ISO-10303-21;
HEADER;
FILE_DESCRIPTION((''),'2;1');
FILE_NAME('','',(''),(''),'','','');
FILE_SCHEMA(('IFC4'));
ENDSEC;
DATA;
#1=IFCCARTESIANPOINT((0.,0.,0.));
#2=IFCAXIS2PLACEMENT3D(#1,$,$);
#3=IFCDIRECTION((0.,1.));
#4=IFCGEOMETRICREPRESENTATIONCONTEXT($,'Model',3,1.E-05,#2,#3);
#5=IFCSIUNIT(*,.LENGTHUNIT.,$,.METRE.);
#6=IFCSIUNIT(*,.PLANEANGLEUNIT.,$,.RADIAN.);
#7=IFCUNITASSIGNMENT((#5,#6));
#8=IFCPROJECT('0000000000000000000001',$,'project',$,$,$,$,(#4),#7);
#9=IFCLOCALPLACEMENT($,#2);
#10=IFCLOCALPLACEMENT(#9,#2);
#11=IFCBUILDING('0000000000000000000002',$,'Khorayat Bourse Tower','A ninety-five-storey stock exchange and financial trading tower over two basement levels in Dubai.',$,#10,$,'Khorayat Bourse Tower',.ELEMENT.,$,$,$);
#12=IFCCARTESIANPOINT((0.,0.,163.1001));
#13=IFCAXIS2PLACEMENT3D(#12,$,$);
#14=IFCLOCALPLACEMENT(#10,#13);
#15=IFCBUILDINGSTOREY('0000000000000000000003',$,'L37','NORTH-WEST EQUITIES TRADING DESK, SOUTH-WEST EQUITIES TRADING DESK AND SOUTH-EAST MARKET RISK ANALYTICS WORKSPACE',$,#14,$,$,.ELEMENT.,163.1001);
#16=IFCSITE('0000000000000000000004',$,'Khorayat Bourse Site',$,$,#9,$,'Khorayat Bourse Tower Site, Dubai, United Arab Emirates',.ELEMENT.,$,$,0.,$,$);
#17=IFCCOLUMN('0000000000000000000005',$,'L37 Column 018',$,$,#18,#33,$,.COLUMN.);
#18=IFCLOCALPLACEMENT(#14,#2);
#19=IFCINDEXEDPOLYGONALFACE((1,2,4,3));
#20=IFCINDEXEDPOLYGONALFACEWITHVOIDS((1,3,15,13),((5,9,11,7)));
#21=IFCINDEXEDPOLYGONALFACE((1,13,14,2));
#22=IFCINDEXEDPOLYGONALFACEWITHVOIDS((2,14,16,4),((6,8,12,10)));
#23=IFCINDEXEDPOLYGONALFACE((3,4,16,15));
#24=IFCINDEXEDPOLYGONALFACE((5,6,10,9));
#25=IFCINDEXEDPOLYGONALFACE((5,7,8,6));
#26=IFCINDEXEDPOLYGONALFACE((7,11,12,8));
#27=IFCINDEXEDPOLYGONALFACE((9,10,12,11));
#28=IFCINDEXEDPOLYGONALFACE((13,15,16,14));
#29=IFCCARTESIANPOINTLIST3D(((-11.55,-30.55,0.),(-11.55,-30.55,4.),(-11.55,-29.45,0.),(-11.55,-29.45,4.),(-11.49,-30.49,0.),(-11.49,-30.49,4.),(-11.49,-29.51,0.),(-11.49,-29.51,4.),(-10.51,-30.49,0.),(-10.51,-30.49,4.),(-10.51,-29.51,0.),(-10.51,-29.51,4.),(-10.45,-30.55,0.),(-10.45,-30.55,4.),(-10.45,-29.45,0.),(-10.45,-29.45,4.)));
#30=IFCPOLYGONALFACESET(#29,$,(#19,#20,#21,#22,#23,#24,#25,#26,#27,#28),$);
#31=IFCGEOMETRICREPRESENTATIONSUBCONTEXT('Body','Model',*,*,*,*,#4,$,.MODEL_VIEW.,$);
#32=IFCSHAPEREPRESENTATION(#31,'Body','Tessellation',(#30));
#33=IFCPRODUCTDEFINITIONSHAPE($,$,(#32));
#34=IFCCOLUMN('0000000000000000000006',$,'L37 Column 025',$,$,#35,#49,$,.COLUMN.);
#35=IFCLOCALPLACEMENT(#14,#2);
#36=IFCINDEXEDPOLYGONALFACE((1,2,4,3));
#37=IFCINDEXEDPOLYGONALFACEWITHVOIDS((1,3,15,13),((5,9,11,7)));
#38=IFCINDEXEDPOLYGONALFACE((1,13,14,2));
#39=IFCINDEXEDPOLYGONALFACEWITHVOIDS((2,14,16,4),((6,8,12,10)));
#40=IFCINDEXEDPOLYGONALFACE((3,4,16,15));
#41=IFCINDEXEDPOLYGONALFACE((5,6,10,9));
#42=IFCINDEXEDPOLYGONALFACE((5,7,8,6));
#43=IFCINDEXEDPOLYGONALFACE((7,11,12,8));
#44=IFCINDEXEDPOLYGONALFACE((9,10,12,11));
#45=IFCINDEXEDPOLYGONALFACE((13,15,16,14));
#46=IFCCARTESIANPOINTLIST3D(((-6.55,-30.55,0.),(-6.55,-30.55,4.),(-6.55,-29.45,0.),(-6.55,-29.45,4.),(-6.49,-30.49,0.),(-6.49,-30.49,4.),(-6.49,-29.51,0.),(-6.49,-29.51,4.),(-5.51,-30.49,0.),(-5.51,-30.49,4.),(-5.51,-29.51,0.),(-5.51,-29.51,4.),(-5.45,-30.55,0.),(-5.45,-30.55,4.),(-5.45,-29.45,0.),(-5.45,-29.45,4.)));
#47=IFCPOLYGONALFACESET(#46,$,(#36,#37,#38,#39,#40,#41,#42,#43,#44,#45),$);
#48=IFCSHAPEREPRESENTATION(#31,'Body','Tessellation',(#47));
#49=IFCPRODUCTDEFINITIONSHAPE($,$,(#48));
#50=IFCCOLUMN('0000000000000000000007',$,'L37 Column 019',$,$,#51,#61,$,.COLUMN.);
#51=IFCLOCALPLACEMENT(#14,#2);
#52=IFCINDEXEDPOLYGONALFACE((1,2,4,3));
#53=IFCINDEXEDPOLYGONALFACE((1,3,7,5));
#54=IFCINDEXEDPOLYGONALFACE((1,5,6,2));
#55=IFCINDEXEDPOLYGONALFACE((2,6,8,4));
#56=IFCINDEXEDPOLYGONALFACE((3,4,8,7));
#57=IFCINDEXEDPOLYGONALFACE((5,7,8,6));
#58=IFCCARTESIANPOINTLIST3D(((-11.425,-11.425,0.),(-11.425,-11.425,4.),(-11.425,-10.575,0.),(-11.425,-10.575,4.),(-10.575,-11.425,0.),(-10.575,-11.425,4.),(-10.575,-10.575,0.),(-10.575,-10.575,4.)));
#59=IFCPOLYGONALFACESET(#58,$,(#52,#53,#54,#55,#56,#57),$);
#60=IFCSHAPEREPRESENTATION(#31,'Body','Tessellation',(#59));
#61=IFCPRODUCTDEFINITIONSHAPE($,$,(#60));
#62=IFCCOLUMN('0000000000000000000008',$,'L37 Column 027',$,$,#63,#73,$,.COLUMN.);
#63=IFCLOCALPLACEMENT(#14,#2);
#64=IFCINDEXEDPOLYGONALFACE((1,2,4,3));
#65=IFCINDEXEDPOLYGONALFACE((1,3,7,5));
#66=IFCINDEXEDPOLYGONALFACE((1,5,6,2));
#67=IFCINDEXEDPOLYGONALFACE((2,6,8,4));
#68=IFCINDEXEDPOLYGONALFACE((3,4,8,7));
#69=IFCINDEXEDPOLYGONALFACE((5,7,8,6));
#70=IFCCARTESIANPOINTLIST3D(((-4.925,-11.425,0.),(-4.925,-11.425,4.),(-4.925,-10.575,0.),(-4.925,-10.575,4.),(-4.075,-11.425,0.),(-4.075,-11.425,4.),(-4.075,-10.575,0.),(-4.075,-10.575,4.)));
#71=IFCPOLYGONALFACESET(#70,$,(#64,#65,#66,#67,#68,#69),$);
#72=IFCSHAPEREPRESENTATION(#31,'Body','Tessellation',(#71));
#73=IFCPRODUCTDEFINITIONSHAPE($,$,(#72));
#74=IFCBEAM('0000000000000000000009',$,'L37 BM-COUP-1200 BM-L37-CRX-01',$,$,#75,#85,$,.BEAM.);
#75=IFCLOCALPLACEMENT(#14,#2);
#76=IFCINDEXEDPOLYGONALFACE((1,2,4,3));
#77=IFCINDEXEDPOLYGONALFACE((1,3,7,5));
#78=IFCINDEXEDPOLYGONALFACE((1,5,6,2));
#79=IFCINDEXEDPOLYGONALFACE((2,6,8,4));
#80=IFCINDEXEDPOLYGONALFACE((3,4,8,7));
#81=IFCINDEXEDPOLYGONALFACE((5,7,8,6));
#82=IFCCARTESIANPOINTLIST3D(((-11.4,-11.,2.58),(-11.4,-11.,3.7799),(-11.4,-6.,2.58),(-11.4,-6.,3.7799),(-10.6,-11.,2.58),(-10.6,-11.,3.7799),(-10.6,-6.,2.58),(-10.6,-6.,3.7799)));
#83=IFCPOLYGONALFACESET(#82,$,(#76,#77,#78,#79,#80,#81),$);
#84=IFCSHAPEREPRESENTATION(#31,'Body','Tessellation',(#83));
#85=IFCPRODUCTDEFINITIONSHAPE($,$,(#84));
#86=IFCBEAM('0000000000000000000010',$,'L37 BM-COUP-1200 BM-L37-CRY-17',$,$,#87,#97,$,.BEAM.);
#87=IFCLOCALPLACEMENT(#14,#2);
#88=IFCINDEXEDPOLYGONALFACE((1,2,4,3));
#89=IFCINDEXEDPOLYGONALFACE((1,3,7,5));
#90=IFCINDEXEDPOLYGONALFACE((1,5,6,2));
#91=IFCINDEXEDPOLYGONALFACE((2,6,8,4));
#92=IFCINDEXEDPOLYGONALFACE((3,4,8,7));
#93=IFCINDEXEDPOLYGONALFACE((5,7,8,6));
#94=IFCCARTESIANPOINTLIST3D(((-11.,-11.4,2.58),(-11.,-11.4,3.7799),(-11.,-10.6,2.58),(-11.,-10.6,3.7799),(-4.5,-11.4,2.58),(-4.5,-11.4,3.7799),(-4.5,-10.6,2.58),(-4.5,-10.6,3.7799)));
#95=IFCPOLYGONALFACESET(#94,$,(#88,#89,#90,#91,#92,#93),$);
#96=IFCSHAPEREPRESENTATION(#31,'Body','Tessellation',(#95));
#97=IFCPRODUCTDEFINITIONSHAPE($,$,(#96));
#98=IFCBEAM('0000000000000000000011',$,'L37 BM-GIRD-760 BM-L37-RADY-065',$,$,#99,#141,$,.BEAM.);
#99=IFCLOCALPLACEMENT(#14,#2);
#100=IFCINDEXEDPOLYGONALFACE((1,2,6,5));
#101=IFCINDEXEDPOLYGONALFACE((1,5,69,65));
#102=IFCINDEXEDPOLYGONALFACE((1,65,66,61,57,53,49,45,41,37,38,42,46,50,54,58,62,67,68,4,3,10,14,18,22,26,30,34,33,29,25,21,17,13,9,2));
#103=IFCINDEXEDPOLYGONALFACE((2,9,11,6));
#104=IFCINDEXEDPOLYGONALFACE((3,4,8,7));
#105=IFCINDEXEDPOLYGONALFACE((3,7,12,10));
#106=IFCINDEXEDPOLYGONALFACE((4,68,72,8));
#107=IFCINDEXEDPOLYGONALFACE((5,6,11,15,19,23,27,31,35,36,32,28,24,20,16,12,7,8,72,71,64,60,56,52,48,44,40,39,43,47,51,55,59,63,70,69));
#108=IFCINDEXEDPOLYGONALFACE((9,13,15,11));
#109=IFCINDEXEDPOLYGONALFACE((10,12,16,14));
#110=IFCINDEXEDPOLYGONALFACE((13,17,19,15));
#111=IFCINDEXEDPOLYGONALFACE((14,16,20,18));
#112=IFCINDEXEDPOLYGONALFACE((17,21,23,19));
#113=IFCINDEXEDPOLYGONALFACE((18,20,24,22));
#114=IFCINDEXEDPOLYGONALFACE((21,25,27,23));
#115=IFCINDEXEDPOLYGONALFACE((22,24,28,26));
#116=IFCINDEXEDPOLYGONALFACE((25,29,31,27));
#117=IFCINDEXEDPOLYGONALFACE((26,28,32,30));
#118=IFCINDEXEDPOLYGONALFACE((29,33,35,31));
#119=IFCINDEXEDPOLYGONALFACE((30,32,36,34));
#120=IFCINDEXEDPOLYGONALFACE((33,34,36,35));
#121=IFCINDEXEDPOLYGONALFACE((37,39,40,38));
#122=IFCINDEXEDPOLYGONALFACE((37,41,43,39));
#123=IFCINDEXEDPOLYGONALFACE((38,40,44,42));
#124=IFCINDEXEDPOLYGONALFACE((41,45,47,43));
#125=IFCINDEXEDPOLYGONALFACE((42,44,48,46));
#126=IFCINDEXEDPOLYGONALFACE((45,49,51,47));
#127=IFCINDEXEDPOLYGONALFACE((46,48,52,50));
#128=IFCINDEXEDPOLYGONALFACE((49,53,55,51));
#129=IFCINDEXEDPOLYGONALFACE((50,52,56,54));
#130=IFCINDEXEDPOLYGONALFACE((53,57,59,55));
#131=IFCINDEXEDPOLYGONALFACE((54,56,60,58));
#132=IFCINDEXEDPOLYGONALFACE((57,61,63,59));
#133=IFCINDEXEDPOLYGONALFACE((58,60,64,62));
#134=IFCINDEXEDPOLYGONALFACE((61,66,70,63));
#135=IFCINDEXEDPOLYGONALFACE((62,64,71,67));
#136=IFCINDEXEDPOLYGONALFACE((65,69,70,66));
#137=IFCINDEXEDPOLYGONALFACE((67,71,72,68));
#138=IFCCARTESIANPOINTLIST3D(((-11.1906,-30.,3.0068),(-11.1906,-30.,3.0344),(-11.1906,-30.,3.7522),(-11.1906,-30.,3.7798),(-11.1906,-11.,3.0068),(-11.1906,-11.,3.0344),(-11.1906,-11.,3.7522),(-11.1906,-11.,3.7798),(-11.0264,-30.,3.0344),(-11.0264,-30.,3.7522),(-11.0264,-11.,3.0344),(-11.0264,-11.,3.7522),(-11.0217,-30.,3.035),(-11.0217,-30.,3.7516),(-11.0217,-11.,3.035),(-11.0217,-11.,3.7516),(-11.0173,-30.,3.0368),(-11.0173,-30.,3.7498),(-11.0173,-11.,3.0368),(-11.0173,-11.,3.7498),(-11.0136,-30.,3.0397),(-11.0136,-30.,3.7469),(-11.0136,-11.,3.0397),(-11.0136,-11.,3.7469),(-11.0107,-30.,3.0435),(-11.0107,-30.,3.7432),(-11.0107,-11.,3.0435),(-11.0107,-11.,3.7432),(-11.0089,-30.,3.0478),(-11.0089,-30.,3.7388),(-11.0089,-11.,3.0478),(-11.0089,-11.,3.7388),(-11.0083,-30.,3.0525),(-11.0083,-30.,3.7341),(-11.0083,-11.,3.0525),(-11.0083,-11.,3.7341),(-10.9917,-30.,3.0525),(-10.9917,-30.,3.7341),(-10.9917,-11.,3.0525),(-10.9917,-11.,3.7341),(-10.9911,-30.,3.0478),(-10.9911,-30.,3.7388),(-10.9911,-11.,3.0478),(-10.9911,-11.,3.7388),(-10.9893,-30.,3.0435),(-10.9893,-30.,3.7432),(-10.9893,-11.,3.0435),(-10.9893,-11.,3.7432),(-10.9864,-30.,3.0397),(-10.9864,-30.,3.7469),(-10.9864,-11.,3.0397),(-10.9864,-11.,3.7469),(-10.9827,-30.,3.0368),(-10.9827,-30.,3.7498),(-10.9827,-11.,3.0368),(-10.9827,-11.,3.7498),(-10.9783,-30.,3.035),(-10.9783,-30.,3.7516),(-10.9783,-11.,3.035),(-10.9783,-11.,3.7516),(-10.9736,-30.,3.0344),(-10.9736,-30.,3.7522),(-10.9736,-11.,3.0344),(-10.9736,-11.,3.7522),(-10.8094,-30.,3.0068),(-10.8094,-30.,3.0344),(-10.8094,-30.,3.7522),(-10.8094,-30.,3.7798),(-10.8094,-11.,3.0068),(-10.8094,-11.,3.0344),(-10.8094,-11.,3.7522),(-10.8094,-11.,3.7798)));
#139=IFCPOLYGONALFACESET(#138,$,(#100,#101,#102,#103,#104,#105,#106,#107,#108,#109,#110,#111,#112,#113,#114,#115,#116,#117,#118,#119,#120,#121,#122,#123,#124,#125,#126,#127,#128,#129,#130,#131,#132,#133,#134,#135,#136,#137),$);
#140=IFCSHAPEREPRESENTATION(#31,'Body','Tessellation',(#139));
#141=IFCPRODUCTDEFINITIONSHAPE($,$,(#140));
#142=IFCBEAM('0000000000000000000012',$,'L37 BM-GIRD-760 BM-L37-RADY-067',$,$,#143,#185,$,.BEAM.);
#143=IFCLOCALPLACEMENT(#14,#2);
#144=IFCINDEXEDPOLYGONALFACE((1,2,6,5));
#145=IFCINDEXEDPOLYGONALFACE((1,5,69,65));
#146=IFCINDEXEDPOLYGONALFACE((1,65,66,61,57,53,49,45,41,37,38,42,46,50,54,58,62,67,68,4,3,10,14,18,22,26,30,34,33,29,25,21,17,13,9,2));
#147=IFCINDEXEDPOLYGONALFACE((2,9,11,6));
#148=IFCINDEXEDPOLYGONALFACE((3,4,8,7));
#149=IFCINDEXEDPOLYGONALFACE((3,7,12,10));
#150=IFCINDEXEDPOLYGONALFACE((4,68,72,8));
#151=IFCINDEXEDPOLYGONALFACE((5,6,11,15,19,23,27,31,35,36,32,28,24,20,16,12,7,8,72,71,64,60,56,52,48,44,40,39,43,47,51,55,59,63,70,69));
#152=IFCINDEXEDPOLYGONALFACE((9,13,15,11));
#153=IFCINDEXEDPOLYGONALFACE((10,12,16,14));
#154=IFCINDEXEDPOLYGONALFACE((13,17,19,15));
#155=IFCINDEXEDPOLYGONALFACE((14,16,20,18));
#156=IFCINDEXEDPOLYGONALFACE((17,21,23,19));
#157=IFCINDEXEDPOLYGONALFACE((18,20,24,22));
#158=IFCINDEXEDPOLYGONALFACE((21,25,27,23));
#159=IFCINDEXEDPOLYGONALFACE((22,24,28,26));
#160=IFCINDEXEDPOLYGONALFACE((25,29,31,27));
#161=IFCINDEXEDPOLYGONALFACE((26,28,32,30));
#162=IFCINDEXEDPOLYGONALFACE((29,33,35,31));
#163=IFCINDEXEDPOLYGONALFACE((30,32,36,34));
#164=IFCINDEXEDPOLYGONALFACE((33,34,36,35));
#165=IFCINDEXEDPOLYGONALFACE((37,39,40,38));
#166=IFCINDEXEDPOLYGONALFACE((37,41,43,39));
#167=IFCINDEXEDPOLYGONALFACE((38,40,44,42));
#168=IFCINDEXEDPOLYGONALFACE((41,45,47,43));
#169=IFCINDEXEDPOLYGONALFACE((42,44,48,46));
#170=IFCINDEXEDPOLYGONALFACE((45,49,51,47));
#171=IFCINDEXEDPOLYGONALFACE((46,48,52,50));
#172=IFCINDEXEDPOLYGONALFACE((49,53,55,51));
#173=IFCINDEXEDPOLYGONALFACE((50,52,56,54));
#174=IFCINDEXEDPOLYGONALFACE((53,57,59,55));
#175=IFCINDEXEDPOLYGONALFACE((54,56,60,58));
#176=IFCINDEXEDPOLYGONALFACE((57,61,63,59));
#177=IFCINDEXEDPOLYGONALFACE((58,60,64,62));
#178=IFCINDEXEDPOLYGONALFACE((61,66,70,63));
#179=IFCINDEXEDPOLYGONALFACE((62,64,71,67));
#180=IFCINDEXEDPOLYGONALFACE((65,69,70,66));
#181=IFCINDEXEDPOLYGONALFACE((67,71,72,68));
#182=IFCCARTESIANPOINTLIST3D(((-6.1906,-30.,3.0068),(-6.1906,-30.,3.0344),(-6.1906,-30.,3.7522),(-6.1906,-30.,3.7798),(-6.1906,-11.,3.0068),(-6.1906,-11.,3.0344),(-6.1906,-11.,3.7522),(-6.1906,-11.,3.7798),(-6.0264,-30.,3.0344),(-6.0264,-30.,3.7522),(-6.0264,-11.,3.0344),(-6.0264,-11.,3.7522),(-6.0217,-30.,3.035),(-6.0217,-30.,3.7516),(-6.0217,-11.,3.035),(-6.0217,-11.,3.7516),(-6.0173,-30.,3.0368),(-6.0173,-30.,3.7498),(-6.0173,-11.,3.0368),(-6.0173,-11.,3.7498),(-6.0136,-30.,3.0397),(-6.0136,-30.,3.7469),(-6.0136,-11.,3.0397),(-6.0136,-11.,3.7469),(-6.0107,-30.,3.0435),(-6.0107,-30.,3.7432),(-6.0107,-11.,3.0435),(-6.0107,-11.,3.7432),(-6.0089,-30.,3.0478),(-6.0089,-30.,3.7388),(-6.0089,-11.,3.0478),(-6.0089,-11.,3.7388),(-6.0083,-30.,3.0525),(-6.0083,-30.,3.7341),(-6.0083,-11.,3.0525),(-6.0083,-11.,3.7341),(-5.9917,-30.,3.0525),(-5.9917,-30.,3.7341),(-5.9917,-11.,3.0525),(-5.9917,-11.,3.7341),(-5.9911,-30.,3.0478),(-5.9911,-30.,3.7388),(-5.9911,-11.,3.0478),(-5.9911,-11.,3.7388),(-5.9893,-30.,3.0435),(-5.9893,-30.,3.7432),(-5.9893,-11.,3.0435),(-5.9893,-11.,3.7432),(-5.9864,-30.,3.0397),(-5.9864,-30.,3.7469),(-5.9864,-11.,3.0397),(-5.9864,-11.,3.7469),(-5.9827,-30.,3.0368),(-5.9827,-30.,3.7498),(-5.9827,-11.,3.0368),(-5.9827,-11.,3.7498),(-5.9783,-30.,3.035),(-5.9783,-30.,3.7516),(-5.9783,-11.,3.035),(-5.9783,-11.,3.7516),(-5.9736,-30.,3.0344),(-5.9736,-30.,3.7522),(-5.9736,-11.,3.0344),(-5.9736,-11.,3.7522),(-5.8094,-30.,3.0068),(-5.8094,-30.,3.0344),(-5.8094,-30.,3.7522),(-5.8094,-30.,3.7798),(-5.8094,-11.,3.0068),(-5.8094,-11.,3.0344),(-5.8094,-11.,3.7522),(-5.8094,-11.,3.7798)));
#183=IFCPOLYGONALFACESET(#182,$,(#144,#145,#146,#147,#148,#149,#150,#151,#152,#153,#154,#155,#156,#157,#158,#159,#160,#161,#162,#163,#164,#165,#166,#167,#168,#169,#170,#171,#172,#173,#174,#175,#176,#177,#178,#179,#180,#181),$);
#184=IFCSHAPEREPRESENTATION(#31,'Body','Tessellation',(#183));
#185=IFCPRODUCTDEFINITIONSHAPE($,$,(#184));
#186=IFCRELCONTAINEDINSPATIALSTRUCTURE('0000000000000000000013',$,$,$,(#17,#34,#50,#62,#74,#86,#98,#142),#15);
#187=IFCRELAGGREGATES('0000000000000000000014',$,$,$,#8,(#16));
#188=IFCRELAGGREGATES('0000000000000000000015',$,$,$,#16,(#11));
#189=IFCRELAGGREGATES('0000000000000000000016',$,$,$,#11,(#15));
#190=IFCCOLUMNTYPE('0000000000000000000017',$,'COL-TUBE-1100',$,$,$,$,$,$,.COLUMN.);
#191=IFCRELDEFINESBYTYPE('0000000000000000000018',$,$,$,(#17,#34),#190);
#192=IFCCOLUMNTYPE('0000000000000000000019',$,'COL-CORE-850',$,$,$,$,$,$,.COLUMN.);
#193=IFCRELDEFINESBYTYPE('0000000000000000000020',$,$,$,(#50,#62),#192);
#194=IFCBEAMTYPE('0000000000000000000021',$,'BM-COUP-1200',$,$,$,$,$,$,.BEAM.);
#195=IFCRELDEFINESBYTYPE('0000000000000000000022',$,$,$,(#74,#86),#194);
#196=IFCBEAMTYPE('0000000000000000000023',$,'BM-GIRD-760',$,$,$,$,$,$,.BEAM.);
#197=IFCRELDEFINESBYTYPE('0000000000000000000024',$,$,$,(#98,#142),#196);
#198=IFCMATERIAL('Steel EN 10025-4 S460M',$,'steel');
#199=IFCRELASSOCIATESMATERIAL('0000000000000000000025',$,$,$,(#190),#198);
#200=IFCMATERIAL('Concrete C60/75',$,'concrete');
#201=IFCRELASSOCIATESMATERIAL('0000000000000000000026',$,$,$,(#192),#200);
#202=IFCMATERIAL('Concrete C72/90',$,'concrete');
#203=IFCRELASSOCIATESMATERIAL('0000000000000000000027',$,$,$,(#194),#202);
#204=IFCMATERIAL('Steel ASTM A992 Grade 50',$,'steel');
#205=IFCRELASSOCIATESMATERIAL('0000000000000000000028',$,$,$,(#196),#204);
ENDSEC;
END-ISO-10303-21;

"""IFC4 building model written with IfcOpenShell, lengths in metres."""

from ifc_helpers import new_model, si_unit, direction, frame, origin, origin_2d, place, context, subcontext, project, spatial, rectangle, hollow_rectangle, i_section, extrude, source, transform, mapped, material, material_profile, profile_set, type_object, element, save


model = new_model("IFC4")

# Units and contexts
model_context = context("Model", 3, precision=1e-05, world=origin(), true_north=direction((0.0, 1.0)))
body_context = subcontext(model_context, "Body", "Model", "MODEL_VIEW")
ifc_project = project(units=[si_unit("LENGTHUNIT", "METRE"), si_unit("PLANEANGLEUNIT", "RADIAN")], contexts=[model_context])

# Site, building, storey
site_placement = place(None, origin())
site = spatial("IfcSite", under=ifc_project, at=site_placement, Name="Khorayat Bourse Site", LongName="Khorayat Bourse Tower Site, Dubai, United Arab Emirates", CompositionType="ELEMENT", RefElevation=0.0)
building_placement = place(site_placement, origin())
building = spatial("IfcBuilding", under=site, at=building_placement, Name="Khorayat Bourse Tower", Description="A ninety-five-storey stock exchange and financial trading tower over two basement levels in Dubai.", LongName="Khorayat Bourse Tower", CompositionType="ELEMENT")
storey_placement = place(building_placement, frame((0.0, 0.0, 163.1001)))
storey = spatial("IfcBuildingStorey", under=building, at=storey_placement, Name="L37", Description="NORTH-WEST EQUITIES TRADING DESK, SOUTH-WEST EQUITIES TRADING DESK AND SOUTH-EAST MARKET RISK ANALYTICS WORKSPACE", CompositionType="ELEMENT", Elevation=163.1001)

# Columns
ifc_material_1 = material(Name="Steel EN 10025-4 S460M", Category="steel")
ifc_material_profile_1 = material_profile(ifc_material_1, hollow_rectangle(XDim=1.1001, YDim=1.1001, WallThickness=0.0601, at=origin_2d()), Name="BOX 1100x1100x60")
ifc_profile_set_1 = profile_set([ifc_material_profile_1], Name="Steel EN 10025-4 S460M")
column_type_1 = type_object("IfcColumnType", Name="COL-TUBE-1100", PredefinedType="COLUMN", material=ifc_profile_set_1)
shared_shape_1 = source(origin(), body_context, "Body", "SweptSolid", [
    extrude(hollow_rectangle(XDim=1.1001, YDim=1.1001, WallThickness=0.0601, at=origin_2d()), origin(), (0.0, 0.0, 1.0), 4.0),
])
for number, where, z_axis, x_axis, name in (
    (1, (-11.0, -30.0, 0.0), (0.0, 0.0, 1.0), (1.0, 0.0, 0.0), "L37 Column 018"),
    (2, (-6.0, -30.0, 0.0), (0.0, 0.0, 1.0), (1.0, 0.0, 0.0), "L37 Column 025"),
):
    element("IfcColumn", number, at=place(storey_placement, frame(where, z_axis=z_axis, x_axis=x_axis)), inside=storey, type_object=column_type_1, Name=name, PredefinedType="COLUMN", context=body_context, shape_type="MappedRepresentation", body=[
        mapped(shared_shape_1, transform((0.0, 0.0, 0.0), scale=1.0)),
    ])
ifc_material_2 = material(Name="Concrete C60/75", Category="concrete")
ifc_material_profile_2 = material_profile(ifc_material_2, rectangle(XDim=0.8501, YDim=0.8501, at=origin_2d()), Name="RC 850x850")
ifc_profile_set_2 = profile_set([ifc_material_profile_2], Name="Concrete C60/75")
column_type_2 = type_object("IfcColumnType", Name="COL-CORE-850", PredefinedType="COLUMN", material=ifc_profile_set_2)
shared_shape_2 = source(origin(), body_context, "Body", "SweptSolid", [
    extrude(rectangle(XDim=0.8501, YDim=0.8501, at=origin_2d()), origin(), (0.0, 0.0, 1.0), 4.0),
])
for number, where, z_axis, x_axis, name in (
    (3, (-11.0, -11.0, 0.0), (0.0, 0.0, 1.0), (1.0, 0.0, 0.0), "L37 Column 019"),
    (4, (-4.5, -11.0, 0.0), (0.0, 0.0, 1.0), (1.0, 0.0, 0.0), "L37 Column 027"),
):
    element("IfcColumn", number, at=place(storey_placement, frame(where, z_axis=z_axis, x_axis=x_axis)), inside=storey, type_object=column_type_2, Name=name, PredefinedType="COLUMN", context=body_context, shape_type="MappedRepresentation", body=[
        mapped(shared_shape_2, transform((0.0, 0.0, 0.0), scale=1.0)),
    ])

# Beams
ifc_material_3 = material(Name="Concrete C72/90", Category="concrete")
ifc_material_profile_3 = material_profile(ifc_material_3, rectangle(XDim=0.8, YDim=1.2, at=origin_2d()), Name="RC 800x1200")
ifc_profile_set_3 = profile_set([ifc_material_profile_3], Name="Concrete C72/90")
beam_type_1 = type_object("IfcBeamType", Name="BM-COUP-1200", PredefinedType="BEAM", material=ifc_profile_set_3)
shared_shape_3 = source(origin(), body_context, "Body", "SweptSolid", [
    extrude(rectangle(XDim=0.8, YDim=1.2, at=origin_2d()), origin(), (0.0, 0.0, 1.0), 5.0),
])
beam_1_placement = place(storey_placement, frame((-11.0, -11.0, 3.1799), z_axis=(0.0, 1.0, 0.0), x_axis=(-1.0, 0.0, 0.0)))
element("IfcBeam", 5, at=beam_1_placement, inside=storey, type_object=beam_type_1, Name="L37 BM-COUP-1200 BM-L37-CRX-01", PredefinedType="BEAM", context=body_context, shape_type="MappedRepresentation", body=[
    mapped(shared_shape_3, transform((0.0, 0.0, 0.0), scale=1.0)),
])
shared_shape_4 = source(origin(), body_context, "Body", "SweptSolid", [
    extrude(rectangle(XDim=0.8, YDim=1.2, at=origin_2d()), origin(), (0.0, 0.0, 1.0), 6.5),
])
beam_2_placement = place(storey_placement, frame((-11.0, -11.0, 3.1799), z_axis=(1.0, 0.0, 0.0), x_axis=(0.0, 1.0, 0.0)))
element("IfcBeam", 6, at=beam_2_placement, inside=storey, type_object=beam_type_1, Name="L37 BM-COUP-1200 BM-L37-CRY-17", PredefinedType="BEAM", context=body_context, shape_type="MappedRepresentation", body=[
    mapped(shared_shape_4, transform((0.0, 0.0, 0.0), scale=1.0)),
])
ifc_material_4 = material(Name="Steel ASTM A992 Grade 50", Category="steel")
ifc_material_profile_4 = material_profile(ifc_material_4, i_section(OverallWidth=0.3811, OverallDepth=0.7729, WebThickness=0.0166, FlangeThickness=0.0276, FilletRadius=0.0181, at=origin_2d()), Name="W760X257")
ifc_profile_set_4 = profile_set([ifc_material_profile_4], Name="Steel ASTM A992 Grade 50")
beam_type_2 = type_object("IfcBeamType", Name="BM-GIRD-760", PredefinedType="BEAM", material=ifc_profile_set_4)
shared_shape_5 = source(origin(), body_context, "Body", "SweptSolid", [
    extrude(i_section(OverallWidth=0.3811, OverallDepth=0.7729, WebThickness=0.0166, FlangeThickness=0.0276, FilletRadius=0.0181, at=origin_2d()), origin(), (0.0, 0.0, 1.0), 19.0),
])
for number, where, z_axis, x_axis, name in (
    (7, (-11.0, -30.0, 3.3933), (0.0, 1.0, 0.0), (-1.0, 0.0, 0.0), "L37 BM-GIRD-760 BM-L37-RADY-065"),
    (8, (-6.0, -30.0, 3.3933), (0.0, 1.0, 0.0), (-1.0, 0.0, 0.0), "L37 BM-GIRD-760 BM-L37-RADY-067"),
):
    element("IfcBeam", number, at=place(storey_placement, frame(where, z_axis=z_axis, x_axis=x_axis)), inside=storey, type_object=beam_type_2, Name=name, PredefinedType="BEAM", context=body_context, shape_type="MappedRepresentation", body=[
        mapped(shared_shape_5, transform((0.0, 0.0, 0.0), scale=1.0)),
    ])

save(model, "model.ifc")
